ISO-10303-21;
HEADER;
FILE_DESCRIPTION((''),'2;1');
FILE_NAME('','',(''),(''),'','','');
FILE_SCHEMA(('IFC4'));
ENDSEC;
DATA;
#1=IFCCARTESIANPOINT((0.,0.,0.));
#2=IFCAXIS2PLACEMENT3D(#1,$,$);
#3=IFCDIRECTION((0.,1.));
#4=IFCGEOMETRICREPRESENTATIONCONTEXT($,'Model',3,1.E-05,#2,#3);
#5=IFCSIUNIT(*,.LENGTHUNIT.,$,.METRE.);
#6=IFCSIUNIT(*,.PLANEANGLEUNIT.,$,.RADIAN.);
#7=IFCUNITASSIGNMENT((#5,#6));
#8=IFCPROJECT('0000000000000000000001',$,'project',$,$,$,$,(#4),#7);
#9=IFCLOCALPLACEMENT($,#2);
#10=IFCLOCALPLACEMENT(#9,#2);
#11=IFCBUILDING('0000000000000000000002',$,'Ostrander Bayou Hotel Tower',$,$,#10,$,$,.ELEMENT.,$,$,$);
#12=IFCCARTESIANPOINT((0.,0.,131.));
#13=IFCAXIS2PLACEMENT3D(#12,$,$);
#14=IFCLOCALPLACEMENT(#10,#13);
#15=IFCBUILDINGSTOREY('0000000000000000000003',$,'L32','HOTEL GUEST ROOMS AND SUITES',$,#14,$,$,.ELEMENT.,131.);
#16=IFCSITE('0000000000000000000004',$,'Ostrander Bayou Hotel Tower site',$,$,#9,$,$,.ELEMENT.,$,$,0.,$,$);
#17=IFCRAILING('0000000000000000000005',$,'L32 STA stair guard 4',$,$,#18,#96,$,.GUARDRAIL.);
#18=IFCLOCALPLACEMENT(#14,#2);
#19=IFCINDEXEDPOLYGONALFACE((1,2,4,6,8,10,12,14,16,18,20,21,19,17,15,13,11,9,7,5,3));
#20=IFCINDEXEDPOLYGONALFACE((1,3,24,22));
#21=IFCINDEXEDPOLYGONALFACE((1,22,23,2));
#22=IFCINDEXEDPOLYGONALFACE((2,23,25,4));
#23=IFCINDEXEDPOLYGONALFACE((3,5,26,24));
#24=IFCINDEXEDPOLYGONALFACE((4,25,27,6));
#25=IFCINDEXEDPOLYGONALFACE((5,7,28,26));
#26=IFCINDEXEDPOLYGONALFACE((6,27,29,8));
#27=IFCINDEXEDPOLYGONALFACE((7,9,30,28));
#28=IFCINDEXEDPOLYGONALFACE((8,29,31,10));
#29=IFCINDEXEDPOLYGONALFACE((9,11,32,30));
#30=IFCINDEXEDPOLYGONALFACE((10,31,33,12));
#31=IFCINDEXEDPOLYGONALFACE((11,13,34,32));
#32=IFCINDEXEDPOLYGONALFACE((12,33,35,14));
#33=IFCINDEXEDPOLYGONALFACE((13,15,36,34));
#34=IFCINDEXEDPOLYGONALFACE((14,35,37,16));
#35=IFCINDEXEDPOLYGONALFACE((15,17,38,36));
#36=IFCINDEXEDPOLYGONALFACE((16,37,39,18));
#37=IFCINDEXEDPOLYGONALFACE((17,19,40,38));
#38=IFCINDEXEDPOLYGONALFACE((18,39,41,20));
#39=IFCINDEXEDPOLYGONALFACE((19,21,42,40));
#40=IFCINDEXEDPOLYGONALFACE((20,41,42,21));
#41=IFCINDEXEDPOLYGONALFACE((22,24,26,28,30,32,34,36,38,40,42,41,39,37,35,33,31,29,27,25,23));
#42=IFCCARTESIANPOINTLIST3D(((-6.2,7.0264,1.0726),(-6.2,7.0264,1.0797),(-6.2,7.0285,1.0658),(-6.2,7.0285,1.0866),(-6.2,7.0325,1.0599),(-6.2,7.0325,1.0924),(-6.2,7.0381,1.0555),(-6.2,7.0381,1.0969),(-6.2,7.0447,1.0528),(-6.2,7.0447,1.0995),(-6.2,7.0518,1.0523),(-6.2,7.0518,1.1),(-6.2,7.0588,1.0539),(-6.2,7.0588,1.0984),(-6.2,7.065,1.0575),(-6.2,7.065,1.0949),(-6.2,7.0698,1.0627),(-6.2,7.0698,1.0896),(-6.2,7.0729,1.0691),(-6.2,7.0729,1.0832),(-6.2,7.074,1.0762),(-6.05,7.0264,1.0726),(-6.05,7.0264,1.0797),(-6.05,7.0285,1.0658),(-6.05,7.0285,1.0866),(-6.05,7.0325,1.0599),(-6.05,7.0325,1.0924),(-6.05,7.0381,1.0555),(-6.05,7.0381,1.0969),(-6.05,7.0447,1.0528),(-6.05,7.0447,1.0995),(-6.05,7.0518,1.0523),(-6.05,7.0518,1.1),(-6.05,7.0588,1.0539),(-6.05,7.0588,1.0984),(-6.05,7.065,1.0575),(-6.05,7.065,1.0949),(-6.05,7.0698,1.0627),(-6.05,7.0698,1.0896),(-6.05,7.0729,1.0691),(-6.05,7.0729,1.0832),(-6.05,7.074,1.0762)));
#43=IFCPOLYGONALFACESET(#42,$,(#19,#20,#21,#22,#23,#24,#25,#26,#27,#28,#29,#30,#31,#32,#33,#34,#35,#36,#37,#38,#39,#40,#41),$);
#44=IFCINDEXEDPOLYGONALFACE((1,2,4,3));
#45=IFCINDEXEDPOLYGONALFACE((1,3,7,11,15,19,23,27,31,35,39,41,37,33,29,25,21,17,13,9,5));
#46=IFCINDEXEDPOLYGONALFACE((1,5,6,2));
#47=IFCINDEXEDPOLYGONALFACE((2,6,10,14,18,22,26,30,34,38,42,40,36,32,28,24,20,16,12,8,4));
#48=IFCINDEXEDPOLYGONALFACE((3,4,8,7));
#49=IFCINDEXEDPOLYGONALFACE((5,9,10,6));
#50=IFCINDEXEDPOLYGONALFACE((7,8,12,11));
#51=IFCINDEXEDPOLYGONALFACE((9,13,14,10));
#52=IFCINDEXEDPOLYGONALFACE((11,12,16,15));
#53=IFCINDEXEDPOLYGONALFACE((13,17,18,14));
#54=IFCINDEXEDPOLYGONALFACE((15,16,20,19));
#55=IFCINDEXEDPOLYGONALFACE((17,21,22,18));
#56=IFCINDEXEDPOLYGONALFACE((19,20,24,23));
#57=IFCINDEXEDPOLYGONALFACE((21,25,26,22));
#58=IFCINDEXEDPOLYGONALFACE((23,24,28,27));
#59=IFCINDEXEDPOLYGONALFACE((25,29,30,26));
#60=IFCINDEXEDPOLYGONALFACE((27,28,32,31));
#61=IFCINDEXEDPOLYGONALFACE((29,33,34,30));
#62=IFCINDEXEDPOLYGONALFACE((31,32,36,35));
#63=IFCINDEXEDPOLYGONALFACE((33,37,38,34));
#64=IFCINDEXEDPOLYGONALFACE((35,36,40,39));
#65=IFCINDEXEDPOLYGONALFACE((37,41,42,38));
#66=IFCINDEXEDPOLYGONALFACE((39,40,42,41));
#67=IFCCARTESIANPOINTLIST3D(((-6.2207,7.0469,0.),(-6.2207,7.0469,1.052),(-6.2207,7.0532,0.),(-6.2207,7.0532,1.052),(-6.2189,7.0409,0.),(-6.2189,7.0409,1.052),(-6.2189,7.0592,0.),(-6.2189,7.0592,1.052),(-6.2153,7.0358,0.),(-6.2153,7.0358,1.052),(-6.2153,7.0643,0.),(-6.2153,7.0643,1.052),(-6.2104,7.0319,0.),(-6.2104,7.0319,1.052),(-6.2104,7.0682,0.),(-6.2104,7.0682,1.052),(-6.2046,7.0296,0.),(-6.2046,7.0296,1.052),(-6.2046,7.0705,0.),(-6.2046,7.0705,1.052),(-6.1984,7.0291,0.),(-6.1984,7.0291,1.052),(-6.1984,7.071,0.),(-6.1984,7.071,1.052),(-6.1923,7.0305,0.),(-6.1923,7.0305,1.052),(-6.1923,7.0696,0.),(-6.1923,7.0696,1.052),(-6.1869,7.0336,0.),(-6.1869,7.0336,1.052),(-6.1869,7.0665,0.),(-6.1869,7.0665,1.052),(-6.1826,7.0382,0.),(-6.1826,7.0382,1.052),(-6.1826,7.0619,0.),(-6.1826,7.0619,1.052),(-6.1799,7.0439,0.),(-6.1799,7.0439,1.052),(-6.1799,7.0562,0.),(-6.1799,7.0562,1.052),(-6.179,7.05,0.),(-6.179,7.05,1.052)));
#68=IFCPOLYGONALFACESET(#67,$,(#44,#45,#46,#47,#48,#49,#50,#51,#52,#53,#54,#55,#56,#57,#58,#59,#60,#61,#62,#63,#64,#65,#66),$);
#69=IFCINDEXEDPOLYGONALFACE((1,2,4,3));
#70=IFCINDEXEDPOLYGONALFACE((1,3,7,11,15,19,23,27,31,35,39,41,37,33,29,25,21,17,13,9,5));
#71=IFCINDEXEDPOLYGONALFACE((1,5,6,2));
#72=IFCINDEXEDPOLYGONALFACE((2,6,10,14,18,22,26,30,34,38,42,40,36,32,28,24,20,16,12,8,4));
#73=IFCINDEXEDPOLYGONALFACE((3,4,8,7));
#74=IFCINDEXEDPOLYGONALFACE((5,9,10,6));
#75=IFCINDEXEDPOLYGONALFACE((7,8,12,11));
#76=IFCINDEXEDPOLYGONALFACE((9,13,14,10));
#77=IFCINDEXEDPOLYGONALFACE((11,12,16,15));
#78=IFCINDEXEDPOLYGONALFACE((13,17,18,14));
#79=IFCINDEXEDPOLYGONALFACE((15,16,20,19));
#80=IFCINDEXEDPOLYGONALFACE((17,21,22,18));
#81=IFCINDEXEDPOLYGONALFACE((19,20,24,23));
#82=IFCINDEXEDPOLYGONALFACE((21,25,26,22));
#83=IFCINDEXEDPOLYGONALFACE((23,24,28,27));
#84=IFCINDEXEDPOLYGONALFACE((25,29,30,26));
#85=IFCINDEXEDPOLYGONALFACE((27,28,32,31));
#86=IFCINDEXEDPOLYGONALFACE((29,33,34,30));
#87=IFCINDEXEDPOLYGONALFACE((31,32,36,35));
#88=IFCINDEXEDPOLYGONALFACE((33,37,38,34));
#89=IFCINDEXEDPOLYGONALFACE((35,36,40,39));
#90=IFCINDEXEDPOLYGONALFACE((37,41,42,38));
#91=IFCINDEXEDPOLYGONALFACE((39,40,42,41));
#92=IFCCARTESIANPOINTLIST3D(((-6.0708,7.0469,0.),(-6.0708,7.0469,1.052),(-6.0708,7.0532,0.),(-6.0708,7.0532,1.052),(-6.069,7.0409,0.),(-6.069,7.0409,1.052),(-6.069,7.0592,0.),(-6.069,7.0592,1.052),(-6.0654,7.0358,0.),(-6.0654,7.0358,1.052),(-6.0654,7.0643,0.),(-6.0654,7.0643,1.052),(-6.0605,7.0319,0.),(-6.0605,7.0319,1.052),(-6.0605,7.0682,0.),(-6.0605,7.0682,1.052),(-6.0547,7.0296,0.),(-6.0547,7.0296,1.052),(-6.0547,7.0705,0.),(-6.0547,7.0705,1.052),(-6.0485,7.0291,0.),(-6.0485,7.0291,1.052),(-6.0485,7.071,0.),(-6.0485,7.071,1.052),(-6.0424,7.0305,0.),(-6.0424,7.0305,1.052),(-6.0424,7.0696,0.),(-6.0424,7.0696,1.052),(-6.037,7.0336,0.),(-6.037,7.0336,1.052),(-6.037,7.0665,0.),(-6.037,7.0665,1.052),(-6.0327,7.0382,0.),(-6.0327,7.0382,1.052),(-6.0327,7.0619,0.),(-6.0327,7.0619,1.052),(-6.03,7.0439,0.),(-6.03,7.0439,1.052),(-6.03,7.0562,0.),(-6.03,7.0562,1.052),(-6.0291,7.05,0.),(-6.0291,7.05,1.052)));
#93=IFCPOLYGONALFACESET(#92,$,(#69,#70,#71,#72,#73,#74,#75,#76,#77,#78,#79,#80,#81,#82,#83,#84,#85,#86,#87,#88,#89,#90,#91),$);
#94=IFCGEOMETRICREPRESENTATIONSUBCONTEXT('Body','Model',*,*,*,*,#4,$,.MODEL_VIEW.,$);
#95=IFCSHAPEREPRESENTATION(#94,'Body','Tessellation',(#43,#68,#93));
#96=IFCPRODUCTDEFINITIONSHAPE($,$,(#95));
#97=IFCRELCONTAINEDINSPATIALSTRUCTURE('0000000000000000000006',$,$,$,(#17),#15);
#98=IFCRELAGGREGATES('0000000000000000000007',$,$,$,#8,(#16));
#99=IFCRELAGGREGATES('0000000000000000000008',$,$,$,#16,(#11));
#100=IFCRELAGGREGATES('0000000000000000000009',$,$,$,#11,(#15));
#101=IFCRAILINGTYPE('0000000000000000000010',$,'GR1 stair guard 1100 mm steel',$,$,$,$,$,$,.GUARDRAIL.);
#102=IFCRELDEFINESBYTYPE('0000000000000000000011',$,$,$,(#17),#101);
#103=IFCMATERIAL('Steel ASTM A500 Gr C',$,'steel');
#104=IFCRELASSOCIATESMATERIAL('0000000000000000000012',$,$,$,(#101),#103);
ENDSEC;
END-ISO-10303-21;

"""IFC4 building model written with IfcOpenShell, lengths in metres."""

from ifc_helpers import new_model, si_unit, direction, frame, origin, origin_2d, place, context, subcontext, project, spatial, circle, extrude, material, type_object, element, save


model = new_model("IFC4")

# Units and contexts
model_context = context("Model", 3, precision=1e-05, world=origin(), true_north=direction((0.0, 1.0)))
body_context = subcontext(model_context, "Body", "Model", "MODEL_VIEW")
ifc_project = project(units=[si_unit("LENGTHUNIT", "METRE"), si_unit("PLANEANGLEUNIT", "RADIAN")], contexts=[model_context])

# Site, building, storey
site_placement = place(None, origin())
site = spatial("IfcSite", under=ifc_project, at=site_placement, Name="Ostrander Bayou Hotel Tower site", CompositionType="ELEMENT", RefElevation=0.0)
building_placement = place(site_placement, origin())
building = spatial("IfcBuilding", under=site, at=building_placement, Name="Ostrander Bayou Hotel Tower", CompositionType="ELEMENT")
storey_placement = place(building_placement, frame((0.0, 0.0, 131.0)))
storey = spatial("IfcBuildingStorey", under=building, at=storey_placement, Name="L32", Description="HOTEL GUEST ROOMS AND SUITES", CompositionType="ELEMENT", Elevation=131.0)

# Railing
ifc_material_1 = material(Name="Steel ASTM A500 Gr C", Category="steel")
railing_type_1 = type_object("IfcRailingType", Name="GR1 stair guard 1100 mm steel", PredefinedType="GUARDRAIL", material=ifc_material_1)
railing_1_placement = place(storey_placement, frame((-6.2, 7.05, 0.0)))
element("IfcRailing", 1, at=railing_1_placement, inside=storey, type_object=railing_type_1, Name="L32 STA stair guard 4", PredefinedType="GUARDRAIL", context=body_context, shape_type="SweptSolid", body=[
    extrude(circle(Radius=0.0239, at=origin_2d()), frame((0.0, 0.0, 1.0762), z_axis=(1.0, 0.0, 0.0), x_axis=(0.0, 1.0, 0.0)), (0.0, 0.0, 1.0), 0.1499),
    extrude(circle(Radius=0.021, at=origin_2d()), origin(), (0.0, 0.0, 1.0), 1.052),
    extrude(circle(Radius=0.021, at=origin_2d()), frame((0.1499, 0.0, 0.0)), (0.0, 0.0, 1.0), 1.052),
])

save(model, "model.ifc")
